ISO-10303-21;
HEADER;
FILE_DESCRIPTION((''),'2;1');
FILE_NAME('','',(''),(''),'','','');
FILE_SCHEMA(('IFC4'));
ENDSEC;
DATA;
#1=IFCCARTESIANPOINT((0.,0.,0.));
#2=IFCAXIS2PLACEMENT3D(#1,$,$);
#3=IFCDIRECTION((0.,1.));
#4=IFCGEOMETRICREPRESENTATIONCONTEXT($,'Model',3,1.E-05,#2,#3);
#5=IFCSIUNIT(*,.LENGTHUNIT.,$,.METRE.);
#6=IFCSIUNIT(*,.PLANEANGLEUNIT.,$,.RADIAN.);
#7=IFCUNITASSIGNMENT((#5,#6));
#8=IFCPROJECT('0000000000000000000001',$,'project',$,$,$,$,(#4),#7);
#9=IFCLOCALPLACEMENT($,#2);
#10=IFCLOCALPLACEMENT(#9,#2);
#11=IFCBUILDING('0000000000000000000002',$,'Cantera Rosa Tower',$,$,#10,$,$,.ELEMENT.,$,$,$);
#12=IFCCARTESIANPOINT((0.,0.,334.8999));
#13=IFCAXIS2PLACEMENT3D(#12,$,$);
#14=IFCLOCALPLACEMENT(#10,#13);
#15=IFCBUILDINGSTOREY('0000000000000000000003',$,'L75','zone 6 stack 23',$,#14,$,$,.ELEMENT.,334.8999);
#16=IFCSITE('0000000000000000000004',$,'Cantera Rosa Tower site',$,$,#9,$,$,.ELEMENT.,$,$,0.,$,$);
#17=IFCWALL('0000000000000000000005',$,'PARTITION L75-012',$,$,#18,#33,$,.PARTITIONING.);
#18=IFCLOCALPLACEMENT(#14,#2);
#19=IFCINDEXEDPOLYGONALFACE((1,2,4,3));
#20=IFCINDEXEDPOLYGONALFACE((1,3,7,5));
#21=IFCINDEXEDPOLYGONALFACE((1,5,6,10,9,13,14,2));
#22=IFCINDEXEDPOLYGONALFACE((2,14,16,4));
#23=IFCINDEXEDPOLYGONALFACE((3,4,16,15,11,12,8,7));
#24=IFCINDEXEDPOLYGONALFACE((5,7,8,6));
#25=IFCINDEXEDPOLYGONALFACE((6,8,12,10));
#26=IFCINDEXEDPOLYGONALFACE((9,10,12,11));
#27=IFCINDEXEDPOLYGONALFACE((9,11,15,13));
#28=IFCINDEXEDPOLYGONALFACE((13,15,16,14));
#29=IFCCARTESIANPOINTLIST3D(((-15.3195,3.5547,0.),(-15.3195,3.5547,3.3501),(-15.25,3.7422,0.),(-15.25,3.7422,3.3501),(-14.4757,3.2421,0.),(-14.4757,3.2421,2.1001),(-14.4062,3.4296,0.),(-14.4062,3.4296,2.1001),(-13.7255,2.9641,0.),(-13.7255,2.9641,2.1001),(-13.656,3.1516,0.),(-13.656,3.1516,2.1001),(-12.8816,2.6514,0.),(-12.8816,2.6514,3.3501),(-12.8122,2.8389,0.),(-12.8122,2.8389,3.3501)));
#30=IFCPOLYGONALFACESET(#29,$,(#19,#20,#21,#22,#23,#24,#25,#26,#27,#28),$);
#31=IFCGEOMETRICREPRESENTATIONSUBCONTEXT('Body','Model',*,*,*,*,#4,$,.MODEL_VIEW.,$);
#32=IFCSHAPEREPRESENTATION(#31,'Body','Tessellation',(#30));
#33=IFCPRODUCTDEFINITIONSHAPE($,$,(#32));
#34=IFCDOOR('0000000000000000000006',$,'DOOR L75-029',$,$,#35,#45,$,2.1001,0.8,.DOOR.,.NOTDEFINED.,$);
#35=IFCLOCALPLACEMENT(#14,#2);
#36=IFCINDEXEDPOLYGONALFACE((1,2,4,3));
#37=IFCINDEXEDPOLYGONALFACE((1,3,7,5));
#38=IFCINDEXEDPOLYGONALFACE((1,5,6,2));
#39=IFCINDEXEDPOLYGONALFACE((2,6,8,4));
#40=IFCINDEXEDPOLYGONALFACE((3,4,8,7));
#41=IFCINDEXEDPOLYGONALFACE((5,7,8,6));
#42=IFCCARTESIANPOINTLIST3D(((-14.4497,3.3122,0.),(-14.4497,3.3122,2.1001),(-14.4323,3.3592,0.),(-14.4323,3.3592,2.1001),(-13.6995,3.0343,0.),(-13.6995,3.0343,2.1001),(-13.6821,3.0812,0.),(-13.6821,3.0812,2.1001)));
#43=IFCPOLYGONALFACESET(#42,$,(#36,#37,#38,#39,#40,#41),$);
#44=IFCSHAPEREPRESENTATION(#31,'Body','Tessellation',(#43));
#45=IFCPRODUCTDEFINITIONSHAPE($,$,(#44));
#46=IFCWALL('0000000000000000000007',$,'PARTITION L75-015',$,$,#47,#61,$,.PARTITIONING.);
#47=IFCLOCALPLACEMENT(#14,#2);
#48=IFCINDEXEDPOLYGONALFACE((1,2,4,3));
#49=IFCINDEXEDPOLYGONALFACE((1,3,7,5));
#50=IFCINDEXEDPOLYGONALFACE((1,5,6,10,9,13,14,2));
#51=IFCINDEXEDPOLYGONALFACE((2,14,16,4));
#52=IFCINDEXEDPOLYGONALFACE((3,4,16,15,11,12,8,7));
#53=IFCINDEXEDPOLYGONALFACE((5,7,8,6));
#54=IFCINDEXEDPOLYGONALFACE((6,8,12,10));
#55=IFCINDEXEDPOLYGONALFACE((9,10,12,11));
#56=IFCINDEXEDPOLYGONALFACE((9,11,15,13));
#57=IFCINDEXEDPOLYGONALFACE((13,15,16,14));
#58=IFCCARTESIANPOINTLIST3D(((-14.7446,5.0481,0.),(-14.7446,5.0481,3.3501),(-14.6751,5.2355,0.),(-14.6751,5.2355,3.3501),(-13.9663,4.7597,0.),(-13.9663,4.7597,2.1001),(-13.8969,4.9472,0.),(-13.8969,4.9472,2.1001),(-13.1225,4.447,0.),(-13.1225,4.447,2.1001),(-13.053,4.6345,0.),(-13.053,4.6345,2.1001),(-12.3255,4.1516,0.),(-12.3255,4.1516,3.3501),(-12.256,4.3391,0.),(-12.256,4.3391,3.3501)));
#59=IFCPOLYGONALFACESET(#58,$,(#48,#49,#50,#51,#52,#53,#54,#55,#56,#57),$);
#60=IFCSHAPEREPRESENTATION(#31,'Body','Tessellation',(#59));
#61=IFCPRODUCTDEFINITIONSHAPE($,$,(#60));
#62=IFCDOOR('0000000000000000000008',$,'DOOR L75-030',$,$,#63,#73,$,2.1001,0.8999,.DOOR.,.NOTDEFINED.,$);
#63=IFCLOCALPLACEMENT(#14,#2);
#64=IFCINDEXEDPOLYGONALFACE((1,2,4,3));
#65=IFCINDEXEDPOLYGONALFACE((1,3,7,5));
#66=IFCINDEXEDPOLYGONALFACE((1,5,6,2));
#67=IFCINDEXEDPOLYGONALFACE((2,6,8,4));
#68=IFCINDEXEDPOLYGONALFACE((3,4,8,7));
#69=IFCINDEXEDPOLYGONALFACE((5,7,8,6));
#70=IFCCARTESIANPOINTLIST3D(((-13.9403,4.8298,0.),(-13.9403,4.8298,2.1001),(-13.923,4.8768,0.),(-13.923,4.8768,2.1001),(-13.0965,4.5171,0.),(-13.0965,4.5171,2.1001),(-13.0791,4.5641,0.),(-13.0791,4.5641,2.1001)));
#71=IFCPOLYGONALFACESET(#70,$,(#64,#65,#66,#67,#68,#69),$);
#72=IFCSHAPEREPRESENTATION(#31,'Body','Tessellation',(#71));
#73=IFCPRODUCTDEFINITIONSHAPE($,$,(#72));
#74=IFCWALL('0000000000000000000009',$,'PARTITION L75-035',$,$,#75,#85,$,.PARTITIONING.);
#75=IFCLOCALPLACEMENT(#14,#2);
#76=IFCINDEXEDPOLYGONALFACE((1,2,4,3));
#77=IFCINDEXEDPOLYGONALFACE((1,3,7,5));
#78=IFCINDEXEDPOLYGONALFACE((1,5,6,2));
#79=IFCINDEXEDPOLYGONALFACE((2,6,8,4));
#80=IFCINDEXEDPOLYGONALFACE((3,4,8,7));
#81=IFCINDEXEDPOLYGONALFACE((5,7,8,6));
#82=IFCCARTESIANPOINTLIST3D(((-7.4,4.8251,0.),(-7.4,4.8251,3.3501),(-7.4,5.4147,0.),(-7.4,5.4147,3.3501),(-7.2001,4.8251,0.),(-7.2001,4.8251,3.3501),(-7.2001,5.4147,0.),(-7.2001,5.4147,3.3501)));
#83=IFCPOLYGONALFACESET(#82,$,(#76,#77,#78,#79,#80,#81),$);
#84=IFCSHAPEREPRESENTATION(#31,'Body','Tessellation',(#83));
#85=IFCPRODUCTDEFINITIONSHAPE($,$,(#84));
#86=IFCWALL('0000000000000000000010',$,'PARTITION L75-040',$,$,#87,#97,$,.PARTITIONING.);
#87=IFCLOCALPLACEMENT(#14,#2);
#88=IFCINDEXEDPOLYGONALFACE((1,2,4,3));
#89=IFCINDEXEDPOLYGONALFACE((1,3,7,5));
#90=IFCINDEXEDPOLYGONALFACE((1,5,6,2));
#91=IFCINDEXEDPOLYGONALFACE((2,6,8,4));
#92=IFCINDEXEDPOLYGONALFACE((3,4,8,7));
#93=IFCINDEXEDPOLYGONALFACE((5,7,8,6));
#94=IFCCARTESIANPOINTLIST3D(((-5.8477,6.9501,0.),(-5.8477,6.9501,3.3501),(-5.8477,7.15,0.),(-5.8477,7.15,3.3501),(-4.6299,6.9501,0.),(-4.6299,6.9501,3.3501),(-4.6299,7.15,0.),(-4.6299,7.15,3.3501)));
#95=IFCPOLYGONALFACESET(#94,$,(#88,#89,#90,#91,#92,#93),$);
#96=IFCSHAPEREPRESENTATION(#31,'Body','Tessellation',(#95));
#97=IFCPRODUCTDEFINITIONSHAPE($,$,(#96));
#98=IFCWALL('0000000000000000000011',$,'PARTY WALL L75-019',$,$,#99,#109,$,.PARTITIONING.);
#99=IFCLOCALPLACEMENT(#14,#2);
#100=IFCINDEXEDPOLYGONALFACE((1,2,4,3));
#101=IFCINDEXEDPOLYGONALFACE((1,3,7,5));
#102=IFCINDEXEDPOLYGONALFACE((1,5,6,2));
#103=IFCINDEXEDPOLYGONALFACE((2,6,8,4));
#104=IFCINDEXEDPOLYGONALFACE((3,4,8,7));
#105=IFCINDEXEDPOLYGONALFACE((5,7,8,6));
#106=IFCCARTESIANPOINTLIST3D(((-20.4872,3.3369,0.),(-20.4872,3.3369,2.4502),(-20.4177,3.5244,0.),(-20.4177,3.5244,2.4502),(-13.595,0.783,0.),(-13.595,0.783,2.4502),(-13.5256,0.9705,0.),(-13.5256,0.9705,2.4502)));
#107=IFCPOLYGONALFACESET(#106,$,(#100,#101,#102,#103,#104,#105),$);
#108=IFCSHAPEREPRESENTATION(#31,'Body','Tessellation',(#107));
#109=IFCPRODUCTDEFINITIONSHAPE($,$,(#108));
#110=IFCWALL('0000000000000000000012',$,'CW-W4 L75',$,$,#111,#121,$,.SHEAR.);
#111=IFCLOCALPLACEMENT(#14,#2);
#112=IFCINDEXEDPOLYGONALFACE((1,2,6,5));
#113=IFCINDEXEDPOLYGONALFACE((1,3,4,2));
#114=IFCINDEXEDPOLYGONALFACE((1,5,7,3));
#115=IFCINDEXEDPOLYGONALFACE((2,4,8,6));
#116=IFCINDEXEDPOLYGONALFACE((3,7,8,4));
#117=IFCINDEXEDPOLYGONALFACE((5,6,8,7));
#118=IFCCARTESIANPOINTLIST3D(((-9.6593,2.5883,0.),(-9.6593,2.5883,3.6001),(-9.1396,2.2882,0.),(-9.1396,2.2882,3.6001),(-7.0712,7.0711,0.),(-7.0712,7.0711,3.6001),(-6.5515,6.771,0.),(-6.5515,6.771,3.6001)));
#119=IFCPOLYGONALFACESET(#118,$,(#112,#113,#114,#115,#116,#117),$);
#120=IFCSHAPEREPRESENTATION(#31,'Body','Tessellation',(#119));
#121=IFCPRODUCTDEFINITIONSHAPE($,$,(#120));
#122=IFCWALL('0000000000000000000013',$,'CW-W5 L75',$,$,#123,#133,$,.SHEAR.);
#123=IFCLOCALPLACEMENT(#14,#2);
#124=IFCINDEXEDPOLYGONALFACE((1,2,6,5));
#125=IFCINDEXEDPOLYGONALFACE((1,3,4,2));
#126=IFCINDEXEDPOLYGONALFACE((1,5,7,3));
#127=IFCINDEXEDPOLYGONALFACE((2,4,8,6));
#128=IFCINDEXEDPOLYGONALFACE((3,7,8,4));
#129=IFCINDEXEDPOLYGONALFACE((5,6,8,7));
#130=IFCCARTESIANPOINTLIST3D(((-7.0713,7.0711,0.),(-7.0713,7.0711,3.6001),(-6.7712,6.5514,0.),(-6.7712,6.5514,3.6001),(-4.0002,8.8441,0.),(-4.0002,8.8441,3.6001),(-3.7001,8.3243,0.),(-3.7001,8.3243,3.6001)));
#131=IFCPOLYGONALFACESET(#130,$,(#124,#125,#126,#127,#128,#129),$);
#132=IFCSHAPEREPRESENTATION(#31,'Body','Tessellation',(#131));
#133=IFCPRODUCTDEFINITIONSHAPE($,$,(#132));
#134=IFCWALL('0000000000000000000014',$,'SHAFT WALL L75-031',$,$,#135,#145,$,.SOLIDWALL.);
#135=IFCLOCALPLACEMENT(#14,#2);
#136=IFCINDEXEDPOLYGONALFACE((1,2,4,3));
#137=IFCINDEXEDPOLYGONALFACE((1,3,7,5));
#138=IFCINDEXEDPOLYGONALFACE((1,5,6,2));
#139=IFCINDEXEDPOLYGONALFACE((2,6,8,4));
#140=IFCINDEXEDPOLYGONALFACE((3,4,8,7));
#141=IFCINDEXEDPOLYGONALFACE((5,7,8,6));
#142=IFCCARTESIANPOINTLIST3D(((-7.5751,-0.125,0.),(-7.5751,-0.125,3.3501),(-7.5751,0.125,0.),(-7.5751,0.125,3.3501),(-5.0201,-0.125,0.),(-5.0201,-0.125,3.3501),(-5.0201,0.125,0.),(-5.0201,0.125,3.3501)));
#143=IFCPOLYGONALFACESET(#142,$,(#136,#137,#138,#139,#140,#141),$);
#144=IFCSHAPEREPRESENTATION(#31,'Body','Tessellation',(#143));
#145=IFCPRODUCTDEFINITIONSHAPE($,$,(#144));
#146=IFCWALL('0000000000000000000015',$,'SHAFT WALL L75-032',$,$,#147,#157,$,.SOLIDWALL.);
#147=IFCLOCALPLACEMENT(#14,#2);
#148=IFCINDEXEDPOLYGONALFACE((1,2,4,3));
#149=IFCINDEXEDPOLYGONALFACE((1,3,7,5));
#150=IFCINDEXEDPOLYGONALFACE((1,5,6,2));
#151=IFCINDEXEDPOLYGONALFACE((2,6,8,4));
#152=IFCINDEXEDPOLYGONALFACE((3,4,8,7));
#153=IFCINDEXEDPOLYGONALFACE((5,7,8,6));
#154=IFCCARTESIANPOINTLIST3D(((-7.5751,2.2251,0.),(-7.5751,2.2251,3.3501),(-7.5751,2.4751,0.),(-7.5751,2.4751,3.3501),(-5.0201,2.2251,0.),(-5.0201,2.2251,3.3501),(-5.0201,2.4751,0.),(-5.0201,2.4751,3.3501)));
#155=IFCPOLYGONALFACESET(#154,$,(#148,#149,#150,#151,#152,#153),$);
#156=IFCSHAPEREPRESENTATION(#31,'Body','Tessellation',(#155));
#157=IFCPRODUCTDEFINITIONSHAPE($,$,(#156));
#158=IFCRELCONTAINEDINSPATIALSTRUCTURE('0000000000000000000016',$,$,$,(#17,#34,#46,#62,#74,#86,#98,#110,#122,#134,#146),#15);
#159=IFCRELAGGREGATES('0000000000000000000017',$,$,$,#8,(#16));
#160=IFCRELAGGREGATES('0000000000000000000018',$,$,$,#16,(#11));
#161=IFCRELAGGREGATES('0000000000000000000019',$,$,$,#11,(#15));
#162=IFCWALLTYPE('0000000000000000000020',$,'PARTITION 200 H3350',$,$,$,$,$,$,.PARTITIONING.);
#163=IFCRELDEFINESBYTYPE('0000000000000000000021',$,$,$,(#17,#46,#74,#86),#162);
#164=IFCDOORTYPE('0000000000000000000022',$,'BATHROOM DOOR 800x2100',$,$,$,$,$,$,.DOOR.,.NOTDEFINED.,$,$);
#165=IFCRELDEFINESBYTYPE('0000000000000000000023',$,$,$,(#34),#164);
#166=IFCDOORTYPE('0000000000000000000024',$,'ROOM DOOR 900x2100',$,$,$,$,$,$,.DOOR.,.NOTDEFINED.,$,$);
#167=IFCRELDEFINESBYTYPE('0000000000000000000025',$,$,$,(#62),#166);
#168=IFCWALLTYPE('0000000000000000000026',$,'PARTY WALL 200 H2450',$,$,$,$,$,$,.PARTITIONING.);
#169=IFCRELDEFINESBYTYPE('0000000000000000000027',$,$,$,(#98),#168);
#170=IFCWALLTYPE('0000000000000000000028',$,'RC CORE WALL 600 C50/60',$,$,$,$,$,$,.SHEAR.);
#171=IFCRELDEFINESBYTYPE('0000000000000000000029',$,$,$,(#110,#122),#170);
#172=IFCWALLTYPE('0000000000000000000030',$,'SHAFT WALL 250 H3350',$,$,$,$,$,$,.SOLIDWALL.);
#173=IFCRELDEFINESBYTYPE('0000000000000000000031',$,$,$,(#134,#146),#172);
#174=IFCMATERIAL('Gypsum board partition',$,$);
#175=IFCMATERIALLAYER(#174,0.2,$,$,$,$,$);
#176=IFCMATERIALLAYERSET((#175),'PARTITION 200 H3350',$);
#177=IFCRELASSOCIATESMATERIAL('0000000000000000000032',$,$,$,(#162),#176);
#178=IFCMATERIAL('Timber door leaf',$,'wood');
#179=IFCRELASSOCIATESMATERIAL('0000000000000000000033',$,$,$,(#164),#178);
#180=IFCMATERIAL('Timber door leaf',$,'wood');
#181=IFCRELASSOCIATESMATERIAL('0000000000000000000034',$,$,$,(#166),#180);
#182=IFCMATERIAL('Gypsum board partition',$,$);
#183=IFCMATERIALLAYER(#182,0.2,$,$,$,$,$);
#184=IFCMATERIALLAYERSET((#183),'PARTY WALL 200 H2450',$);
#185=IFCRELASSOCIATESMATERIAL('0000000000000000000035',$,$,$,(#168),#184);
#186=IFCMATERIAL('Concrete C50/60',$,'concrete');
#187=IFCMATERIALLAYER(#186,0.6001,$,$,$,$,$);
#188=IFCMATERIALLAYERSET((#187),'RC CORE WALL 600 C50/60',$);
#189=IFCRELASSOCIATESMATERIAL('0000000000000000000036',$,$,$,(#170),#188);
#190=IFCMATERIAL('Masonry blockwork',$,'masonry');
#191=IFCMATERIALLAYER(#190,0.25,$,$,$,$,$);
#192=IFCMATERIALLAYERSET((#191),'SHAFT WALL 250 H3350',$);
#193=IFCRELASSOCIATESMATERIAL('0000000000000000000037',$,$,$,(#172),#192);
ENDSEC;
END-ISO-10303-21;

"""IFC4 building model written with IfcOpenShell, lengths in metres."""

from ifc_helpers import new_model, si_unit, direction, frame, frame_2d, origin, place, context, subcontext, project, spatial, rectangle, extrude, material, layer, layer_set, type_object, element, fill, save


model = new_model("IFC4")

# Units and contexts
model_context = context("Model", 3, precision=1e-05, world=origin(), true_north=direction((0.0, 1.0)))
body_context = subcontext(model_context, "Body", "Model", "MODEL_VIEW")
ifc_project = project(units=[si_unit("LENGTHUNIT", "METRE"), si_unit("PLANEANGLEUNIT", "RADIAN")], contexts=[model_context])

# Site, building, storey
site_placement = place(None, origin())
site = spatial("IfcSite", under=ifc_project, at=site_placement, Name="Cantera Rosa Tower site", CompositionType="ELEMENT", RefElevation=0.0)
building_placement = place(site_placement, origin())
building = spatial("IfcBuilding", under=site, at=building_placement, Name="Cantera Rosa Tower", CompositionType="ELEMENT")
storey_placement = place(building_placement, frame((0.0, 0.0, 334.8999)))
storey = spatial("IfcBuildingStorey", under=building, at=storey_placement, Name="L75", Description="zone 6 stack 23", CompositionType="ELEMENT", Elevation=334.8999)

# Walls, openings, doors
ifc_material_1 = material(Name="Gypsum board partition")
ifc_layer_1 = layer(ifc_material_1, 0.2)
ifc_layer_set_1 = layer_set([ifc_layer_1], Name="PARTITION 200 H3350")
wall_type_1 = type_object("IfcWallType", Name="PARTITION 200 H3350", PredefinedType="PARTITIONING", material=ifc_layer_set_1)
wall_1_placement = place(storey_placement, frame((-15.2847, 3.6484, 0.0), z_axis=(0.0, 0.0, 1.0), x_axis=(0.937703, -0.347437, 0.0)))
wall_1 = element("IfcWall", 1, at=wall_1_placement, inside=storey, type_object=wall_type_1, Name="PARTITION L75-012", PredefinedType="PARTITIONING", context=body_context, shape_type="SweptSolid", body=[
    extrude(rectangle(XDim=2.5999, YDim=0.2, at=frame_2d((1.2998, 0.0))), origin(), (0.0, 0.0, 1.0), 3.3501),
])
opening_1_placement = place(wall_1_placement, frame((0.8999, 0.0, 0.0)))
opening_1 = element("IfcOpeningElement", 2, at=opening_1_placement, cuts=wall_1, PredefinedType="OPENING", context=body_context, shape_type="SweptSolid", body=[
    extrude(rectangle(XDim=0.8, YDim=2.1001, at=frame_2d((0.3999, 1.05))), frame((0.0, 0.1099, 0.0), z_axis=(0.0, -1.0, 0.0), x_axis=(1.0, 0.0, 0.0)), (0.0, 0.0, 1.0), 0.22),
])
ifc_material_2 = material(Name="Timber door leaf", Category="wood")
door_type_1 = type_object("IfcDoorType", Name="BATHROOM DOOR 800x2100", OperationType="NOTDEFINED", PredefinedType="DOOR", material=ifc_material_2)
door_1_placement = place(opening_1_placement, origin())
door_1 = element("IfcDoor", 3, at=door_1_placement, inside=storey, type_object=door_type_1, Name="DOOR L75-029", OperationType="NOTDEFINED", OverallHeight=2.1001, OverallWidth=0.8, PredefinedType="DOOR", context=body_context, shape_type="SweptSolid", body=[
    extrude(rectangle(XDim=0.8, YDim=2.1001, at=frame_2d((0.3999, 1.05))), frame((0.0, 0.0249, 0.0), z_axis=(0.0, -1.0, 0.0), x_axis=(1.0, 0.0, 0.0)), (0.0, 0.0, 1.0), 0.05),
])
fill(opening_1, door_1)
wall_2_placement = place(storey_placement, frame((-14.71, 5.1418, 0.0), z_axis=(0.0, 0.0, 1.0), x_axis=(0.937687, -0.347481, 0.0)))
wall_2 = element("IfcWall", 4, at=wall_2_placement, inside=storey, type_object=wall_type_1, Name="PARTITION L75-015", PredefinedType="PARTITIONING", context=body_context, shape_type="SweptSolid", body=[
    extrude(rectangle(XDim=2.5798, YDim=0.2, at=frame_2d((1.29, 0.0))), origin(), (0.0, 0.0, 1.0), 3.3501),
])
opening_2_placement = place(wall_2_placement, frame((0.8301, 0.0, 0.0)))
opening_2 = element("IfcOpeningElement", 5, at=opening_2_placement, cuts=wall_2, PredefinedType="OPENING", context=body_context, shape_type="SweptSolid", body=[
    extrude(rectangle(XDim=0.8999, YDim=2.1001, at=frame_2d((0.45, 1.05))), frame((0.0, 0.1099, 0.0), z_axis=(0.0, -1.0, 0.0), x_axis=(1.0, 0.0, 0.0)), (0.0, 0.0, 1.0), 0.22),
])
ifc_material_3 = material(Name="Timber door leaf", Category="wood")
door_type_2 = type_object("IfcDoorType", Name="ROOM DOOR 900x2100", OperationType="NOTDEFINED", PredefinedType="DOOR", material=ifc_material_3)
door_2_placement = place(opening_2_placement, origin())
door_2 = element("IfcDoor", 6, at=door_2_placement, inside=storey, type_object=door_type_2, Name="DOOR L75-030", OperationType="NOTDEFINED", OverallHeight=2.1001, OverallWidth=0.8999, PredefinedType="DOOR", context=body_context, shape_type="SweptSolid", body=[
    extrude(rectangle(XDim=0.8999, YDim=2.1001, at=frame_2d((0.45, 1.05))), frame((0.0, 0.0249, 0.0), z_axis=(0.0, -1.0, 0.0), x_axis=(1.0, 0.0, 0.0)), (0.0, 0.0, 1.0), 0.05),
])
fill(opening_2, door_2)

# Walls
wall_3_placement = place(storey_placement, frame((-7.3, 4.825, 0.0), z_axis=(0.0, 0.0, 1.0), x_axis=(0.0, 1.0, 0.0)))
element("IfcWall", 7, at=wall_3_placement, inside=storey, type_object=wall_type_1, Name="PARTITION L75-035", PredefinedType="PARTITIONING", context=body_context, shape_type="SweptSolid", body=[
    extrude(rectangle(XDim=0.5896, YDim=0.2, at=frame_2d((0.2949, 0.0))), origin(), (0.0, 0.0, 1.0), 3.3501),
])
wall_4_placement = place(storey_placement, frame((-5.8477, 7.05, 0.0), z_axis=(0.0, 0.0, 1.0), x_axis=(1.0, 0.0, 0.0)))
element("IfcWall", 8, at=wall_4_placement, inside=storey, type_object=wall_type_1, Name="PARTITION L75-040", PredefinedType="PARTITIONING", context=body_context, shape_type="SweptSolid", body=[
    extrude(rectangle(XDim=1.2178, YDim=0.2, at=frame_2d((0.6089, 0.0))), origin(), (0.0, 0.0, 1.0), 3.3501),
])
ifc_material_4 = material(Name="Gypsum board partition")
ifc_layer_2 = layer(ifc_material_4, 0.2)
ifc_layer_set_2 = layer_set([ifc_layer_2], Name="PARTY WALL 200 H2450")
wall_type_2 = type_object("IfcWallType", Name="PARTY WALL 200 H2450", PredefinedType="PARTITIONING", material=ifc_layer_set_2)
wall_5_placement = place(storey_placement, frame((-13.5603, 0.8767, 0.0), z_axis=(0.0, 0.0, 1.0), x_axis=(-0.93769, 0.347473, 0.0)))
element("IfcWall", 9, at=wall_5_placement, inside=storey, type_object=wall_type_2, Name="PARTY WALL L75-019", PredefinedType="PARTITIONING", context=body_context, shape_type="SweptSolid", body=[
    extrude(rectangle(XDim=7.3501, YDim=0.2, at=frame_2d((3.675, 0.0))), origin(), (0.0, 0.0, 1.0), 2.4502),
])
ifc_material_5 = material(Name="Concrete C50/60", Category="concrete")
ifc_layer_3 = layer(ifc_material_5, 0.6001)
ifc_layer_set_3 = layer_set([ifc_layer_3], Name="RC CORE WALL 600 C50/60")
wall_type_3 = type_object("IfcWallType", Name="RC CORE WALL 600 C50/60", PredefinedType="SHEAR", material=ifc_layer_set_3)
wall_6_placement = place(storey_placement, frame((-9.3994, 2.4382, 0.0), z_axis=(0.0, 0.0, 1.0), x_axis=(0.499989, 0.866032, 0.0)))
element("IfcWall", 10, at=wall_6_placement, inside=storey, type_object=wall_type_3, Name="CW-W4 L75", PredefinedType="SHEAR", context=body_context, shape_type="SweptSolid", body=[
    extrude(rectangle(XDim=5.1763, YDim=0.6001, at=frame_2d((2.5881, 0.0))), origin(), (0.0, 0.0, 1.0), 3.6001),
])
wall_7_placement = place(storey_placement, frame((-6.9211, 6.8113, 0.0), z_axis=(0.0, 0.0, 1.0), x_axis=(0.86604, 0.499975, 0.0)))
element("IfcWall", 11, at=wall_7_placement, inside=storey, type_object=wall_type_3, Name="CW-W5 L75", PredefinedType="SHEAR", context=body_context, shape_type="SweptSolid", body=[
    extrude(rectangle(XDim=3.5461, YDim=0.6001, at=frame_2d((1.7729, 0.0))), origin(), (0.0, 0.0, 1.0), 3.6001),
])
ifc_material_6 = material(Name="Masonry blockwork", Category="masonry")
ifc_layer_4 = layer(ifc_material_6, 0.25)
ifc_layer_set_4 = layer_set([ifc_layer_4], Name="SHAFT WALL 250 H3350")
wall_type_4 = type_object("IfcWallType", Name="SHAFT WALL 250 H3350", PredefinedType="SOLIDWALL", material=ifc_layer_set_4)
for number, where, z_axis, x_axis, name in (
    (12, (-7.575, 0.0, 0.0), (0.0, 0.0, 1.0), (1.0, 0.0, 0.0), "SHAFT WALL L75-031"),
    (13, (-7.575, 2.3501, 0.0), (0.0, 0.0, 1.0), (1.0, 0.0, 0.0), "SHAFT WALL L75-032"),
):
    element("IfcWall", number, at=place(storey_placement, frame(where, z_axis=z_axis, x_axis=x_axis)), inside=storey, type_object=wall_type_4, Name=name, PredefinedType="SOLIDWALL", context=body_context, shape_type="SweptSolid", body=[
        extrude(rectangle(XDim=2.5549, YDim=0.25, at=frame_2d((1.2773, 0.0))), origin(), (0.0, 0.0, 1.0), 3.3501),
    ])

save(model, "model.ifc")
